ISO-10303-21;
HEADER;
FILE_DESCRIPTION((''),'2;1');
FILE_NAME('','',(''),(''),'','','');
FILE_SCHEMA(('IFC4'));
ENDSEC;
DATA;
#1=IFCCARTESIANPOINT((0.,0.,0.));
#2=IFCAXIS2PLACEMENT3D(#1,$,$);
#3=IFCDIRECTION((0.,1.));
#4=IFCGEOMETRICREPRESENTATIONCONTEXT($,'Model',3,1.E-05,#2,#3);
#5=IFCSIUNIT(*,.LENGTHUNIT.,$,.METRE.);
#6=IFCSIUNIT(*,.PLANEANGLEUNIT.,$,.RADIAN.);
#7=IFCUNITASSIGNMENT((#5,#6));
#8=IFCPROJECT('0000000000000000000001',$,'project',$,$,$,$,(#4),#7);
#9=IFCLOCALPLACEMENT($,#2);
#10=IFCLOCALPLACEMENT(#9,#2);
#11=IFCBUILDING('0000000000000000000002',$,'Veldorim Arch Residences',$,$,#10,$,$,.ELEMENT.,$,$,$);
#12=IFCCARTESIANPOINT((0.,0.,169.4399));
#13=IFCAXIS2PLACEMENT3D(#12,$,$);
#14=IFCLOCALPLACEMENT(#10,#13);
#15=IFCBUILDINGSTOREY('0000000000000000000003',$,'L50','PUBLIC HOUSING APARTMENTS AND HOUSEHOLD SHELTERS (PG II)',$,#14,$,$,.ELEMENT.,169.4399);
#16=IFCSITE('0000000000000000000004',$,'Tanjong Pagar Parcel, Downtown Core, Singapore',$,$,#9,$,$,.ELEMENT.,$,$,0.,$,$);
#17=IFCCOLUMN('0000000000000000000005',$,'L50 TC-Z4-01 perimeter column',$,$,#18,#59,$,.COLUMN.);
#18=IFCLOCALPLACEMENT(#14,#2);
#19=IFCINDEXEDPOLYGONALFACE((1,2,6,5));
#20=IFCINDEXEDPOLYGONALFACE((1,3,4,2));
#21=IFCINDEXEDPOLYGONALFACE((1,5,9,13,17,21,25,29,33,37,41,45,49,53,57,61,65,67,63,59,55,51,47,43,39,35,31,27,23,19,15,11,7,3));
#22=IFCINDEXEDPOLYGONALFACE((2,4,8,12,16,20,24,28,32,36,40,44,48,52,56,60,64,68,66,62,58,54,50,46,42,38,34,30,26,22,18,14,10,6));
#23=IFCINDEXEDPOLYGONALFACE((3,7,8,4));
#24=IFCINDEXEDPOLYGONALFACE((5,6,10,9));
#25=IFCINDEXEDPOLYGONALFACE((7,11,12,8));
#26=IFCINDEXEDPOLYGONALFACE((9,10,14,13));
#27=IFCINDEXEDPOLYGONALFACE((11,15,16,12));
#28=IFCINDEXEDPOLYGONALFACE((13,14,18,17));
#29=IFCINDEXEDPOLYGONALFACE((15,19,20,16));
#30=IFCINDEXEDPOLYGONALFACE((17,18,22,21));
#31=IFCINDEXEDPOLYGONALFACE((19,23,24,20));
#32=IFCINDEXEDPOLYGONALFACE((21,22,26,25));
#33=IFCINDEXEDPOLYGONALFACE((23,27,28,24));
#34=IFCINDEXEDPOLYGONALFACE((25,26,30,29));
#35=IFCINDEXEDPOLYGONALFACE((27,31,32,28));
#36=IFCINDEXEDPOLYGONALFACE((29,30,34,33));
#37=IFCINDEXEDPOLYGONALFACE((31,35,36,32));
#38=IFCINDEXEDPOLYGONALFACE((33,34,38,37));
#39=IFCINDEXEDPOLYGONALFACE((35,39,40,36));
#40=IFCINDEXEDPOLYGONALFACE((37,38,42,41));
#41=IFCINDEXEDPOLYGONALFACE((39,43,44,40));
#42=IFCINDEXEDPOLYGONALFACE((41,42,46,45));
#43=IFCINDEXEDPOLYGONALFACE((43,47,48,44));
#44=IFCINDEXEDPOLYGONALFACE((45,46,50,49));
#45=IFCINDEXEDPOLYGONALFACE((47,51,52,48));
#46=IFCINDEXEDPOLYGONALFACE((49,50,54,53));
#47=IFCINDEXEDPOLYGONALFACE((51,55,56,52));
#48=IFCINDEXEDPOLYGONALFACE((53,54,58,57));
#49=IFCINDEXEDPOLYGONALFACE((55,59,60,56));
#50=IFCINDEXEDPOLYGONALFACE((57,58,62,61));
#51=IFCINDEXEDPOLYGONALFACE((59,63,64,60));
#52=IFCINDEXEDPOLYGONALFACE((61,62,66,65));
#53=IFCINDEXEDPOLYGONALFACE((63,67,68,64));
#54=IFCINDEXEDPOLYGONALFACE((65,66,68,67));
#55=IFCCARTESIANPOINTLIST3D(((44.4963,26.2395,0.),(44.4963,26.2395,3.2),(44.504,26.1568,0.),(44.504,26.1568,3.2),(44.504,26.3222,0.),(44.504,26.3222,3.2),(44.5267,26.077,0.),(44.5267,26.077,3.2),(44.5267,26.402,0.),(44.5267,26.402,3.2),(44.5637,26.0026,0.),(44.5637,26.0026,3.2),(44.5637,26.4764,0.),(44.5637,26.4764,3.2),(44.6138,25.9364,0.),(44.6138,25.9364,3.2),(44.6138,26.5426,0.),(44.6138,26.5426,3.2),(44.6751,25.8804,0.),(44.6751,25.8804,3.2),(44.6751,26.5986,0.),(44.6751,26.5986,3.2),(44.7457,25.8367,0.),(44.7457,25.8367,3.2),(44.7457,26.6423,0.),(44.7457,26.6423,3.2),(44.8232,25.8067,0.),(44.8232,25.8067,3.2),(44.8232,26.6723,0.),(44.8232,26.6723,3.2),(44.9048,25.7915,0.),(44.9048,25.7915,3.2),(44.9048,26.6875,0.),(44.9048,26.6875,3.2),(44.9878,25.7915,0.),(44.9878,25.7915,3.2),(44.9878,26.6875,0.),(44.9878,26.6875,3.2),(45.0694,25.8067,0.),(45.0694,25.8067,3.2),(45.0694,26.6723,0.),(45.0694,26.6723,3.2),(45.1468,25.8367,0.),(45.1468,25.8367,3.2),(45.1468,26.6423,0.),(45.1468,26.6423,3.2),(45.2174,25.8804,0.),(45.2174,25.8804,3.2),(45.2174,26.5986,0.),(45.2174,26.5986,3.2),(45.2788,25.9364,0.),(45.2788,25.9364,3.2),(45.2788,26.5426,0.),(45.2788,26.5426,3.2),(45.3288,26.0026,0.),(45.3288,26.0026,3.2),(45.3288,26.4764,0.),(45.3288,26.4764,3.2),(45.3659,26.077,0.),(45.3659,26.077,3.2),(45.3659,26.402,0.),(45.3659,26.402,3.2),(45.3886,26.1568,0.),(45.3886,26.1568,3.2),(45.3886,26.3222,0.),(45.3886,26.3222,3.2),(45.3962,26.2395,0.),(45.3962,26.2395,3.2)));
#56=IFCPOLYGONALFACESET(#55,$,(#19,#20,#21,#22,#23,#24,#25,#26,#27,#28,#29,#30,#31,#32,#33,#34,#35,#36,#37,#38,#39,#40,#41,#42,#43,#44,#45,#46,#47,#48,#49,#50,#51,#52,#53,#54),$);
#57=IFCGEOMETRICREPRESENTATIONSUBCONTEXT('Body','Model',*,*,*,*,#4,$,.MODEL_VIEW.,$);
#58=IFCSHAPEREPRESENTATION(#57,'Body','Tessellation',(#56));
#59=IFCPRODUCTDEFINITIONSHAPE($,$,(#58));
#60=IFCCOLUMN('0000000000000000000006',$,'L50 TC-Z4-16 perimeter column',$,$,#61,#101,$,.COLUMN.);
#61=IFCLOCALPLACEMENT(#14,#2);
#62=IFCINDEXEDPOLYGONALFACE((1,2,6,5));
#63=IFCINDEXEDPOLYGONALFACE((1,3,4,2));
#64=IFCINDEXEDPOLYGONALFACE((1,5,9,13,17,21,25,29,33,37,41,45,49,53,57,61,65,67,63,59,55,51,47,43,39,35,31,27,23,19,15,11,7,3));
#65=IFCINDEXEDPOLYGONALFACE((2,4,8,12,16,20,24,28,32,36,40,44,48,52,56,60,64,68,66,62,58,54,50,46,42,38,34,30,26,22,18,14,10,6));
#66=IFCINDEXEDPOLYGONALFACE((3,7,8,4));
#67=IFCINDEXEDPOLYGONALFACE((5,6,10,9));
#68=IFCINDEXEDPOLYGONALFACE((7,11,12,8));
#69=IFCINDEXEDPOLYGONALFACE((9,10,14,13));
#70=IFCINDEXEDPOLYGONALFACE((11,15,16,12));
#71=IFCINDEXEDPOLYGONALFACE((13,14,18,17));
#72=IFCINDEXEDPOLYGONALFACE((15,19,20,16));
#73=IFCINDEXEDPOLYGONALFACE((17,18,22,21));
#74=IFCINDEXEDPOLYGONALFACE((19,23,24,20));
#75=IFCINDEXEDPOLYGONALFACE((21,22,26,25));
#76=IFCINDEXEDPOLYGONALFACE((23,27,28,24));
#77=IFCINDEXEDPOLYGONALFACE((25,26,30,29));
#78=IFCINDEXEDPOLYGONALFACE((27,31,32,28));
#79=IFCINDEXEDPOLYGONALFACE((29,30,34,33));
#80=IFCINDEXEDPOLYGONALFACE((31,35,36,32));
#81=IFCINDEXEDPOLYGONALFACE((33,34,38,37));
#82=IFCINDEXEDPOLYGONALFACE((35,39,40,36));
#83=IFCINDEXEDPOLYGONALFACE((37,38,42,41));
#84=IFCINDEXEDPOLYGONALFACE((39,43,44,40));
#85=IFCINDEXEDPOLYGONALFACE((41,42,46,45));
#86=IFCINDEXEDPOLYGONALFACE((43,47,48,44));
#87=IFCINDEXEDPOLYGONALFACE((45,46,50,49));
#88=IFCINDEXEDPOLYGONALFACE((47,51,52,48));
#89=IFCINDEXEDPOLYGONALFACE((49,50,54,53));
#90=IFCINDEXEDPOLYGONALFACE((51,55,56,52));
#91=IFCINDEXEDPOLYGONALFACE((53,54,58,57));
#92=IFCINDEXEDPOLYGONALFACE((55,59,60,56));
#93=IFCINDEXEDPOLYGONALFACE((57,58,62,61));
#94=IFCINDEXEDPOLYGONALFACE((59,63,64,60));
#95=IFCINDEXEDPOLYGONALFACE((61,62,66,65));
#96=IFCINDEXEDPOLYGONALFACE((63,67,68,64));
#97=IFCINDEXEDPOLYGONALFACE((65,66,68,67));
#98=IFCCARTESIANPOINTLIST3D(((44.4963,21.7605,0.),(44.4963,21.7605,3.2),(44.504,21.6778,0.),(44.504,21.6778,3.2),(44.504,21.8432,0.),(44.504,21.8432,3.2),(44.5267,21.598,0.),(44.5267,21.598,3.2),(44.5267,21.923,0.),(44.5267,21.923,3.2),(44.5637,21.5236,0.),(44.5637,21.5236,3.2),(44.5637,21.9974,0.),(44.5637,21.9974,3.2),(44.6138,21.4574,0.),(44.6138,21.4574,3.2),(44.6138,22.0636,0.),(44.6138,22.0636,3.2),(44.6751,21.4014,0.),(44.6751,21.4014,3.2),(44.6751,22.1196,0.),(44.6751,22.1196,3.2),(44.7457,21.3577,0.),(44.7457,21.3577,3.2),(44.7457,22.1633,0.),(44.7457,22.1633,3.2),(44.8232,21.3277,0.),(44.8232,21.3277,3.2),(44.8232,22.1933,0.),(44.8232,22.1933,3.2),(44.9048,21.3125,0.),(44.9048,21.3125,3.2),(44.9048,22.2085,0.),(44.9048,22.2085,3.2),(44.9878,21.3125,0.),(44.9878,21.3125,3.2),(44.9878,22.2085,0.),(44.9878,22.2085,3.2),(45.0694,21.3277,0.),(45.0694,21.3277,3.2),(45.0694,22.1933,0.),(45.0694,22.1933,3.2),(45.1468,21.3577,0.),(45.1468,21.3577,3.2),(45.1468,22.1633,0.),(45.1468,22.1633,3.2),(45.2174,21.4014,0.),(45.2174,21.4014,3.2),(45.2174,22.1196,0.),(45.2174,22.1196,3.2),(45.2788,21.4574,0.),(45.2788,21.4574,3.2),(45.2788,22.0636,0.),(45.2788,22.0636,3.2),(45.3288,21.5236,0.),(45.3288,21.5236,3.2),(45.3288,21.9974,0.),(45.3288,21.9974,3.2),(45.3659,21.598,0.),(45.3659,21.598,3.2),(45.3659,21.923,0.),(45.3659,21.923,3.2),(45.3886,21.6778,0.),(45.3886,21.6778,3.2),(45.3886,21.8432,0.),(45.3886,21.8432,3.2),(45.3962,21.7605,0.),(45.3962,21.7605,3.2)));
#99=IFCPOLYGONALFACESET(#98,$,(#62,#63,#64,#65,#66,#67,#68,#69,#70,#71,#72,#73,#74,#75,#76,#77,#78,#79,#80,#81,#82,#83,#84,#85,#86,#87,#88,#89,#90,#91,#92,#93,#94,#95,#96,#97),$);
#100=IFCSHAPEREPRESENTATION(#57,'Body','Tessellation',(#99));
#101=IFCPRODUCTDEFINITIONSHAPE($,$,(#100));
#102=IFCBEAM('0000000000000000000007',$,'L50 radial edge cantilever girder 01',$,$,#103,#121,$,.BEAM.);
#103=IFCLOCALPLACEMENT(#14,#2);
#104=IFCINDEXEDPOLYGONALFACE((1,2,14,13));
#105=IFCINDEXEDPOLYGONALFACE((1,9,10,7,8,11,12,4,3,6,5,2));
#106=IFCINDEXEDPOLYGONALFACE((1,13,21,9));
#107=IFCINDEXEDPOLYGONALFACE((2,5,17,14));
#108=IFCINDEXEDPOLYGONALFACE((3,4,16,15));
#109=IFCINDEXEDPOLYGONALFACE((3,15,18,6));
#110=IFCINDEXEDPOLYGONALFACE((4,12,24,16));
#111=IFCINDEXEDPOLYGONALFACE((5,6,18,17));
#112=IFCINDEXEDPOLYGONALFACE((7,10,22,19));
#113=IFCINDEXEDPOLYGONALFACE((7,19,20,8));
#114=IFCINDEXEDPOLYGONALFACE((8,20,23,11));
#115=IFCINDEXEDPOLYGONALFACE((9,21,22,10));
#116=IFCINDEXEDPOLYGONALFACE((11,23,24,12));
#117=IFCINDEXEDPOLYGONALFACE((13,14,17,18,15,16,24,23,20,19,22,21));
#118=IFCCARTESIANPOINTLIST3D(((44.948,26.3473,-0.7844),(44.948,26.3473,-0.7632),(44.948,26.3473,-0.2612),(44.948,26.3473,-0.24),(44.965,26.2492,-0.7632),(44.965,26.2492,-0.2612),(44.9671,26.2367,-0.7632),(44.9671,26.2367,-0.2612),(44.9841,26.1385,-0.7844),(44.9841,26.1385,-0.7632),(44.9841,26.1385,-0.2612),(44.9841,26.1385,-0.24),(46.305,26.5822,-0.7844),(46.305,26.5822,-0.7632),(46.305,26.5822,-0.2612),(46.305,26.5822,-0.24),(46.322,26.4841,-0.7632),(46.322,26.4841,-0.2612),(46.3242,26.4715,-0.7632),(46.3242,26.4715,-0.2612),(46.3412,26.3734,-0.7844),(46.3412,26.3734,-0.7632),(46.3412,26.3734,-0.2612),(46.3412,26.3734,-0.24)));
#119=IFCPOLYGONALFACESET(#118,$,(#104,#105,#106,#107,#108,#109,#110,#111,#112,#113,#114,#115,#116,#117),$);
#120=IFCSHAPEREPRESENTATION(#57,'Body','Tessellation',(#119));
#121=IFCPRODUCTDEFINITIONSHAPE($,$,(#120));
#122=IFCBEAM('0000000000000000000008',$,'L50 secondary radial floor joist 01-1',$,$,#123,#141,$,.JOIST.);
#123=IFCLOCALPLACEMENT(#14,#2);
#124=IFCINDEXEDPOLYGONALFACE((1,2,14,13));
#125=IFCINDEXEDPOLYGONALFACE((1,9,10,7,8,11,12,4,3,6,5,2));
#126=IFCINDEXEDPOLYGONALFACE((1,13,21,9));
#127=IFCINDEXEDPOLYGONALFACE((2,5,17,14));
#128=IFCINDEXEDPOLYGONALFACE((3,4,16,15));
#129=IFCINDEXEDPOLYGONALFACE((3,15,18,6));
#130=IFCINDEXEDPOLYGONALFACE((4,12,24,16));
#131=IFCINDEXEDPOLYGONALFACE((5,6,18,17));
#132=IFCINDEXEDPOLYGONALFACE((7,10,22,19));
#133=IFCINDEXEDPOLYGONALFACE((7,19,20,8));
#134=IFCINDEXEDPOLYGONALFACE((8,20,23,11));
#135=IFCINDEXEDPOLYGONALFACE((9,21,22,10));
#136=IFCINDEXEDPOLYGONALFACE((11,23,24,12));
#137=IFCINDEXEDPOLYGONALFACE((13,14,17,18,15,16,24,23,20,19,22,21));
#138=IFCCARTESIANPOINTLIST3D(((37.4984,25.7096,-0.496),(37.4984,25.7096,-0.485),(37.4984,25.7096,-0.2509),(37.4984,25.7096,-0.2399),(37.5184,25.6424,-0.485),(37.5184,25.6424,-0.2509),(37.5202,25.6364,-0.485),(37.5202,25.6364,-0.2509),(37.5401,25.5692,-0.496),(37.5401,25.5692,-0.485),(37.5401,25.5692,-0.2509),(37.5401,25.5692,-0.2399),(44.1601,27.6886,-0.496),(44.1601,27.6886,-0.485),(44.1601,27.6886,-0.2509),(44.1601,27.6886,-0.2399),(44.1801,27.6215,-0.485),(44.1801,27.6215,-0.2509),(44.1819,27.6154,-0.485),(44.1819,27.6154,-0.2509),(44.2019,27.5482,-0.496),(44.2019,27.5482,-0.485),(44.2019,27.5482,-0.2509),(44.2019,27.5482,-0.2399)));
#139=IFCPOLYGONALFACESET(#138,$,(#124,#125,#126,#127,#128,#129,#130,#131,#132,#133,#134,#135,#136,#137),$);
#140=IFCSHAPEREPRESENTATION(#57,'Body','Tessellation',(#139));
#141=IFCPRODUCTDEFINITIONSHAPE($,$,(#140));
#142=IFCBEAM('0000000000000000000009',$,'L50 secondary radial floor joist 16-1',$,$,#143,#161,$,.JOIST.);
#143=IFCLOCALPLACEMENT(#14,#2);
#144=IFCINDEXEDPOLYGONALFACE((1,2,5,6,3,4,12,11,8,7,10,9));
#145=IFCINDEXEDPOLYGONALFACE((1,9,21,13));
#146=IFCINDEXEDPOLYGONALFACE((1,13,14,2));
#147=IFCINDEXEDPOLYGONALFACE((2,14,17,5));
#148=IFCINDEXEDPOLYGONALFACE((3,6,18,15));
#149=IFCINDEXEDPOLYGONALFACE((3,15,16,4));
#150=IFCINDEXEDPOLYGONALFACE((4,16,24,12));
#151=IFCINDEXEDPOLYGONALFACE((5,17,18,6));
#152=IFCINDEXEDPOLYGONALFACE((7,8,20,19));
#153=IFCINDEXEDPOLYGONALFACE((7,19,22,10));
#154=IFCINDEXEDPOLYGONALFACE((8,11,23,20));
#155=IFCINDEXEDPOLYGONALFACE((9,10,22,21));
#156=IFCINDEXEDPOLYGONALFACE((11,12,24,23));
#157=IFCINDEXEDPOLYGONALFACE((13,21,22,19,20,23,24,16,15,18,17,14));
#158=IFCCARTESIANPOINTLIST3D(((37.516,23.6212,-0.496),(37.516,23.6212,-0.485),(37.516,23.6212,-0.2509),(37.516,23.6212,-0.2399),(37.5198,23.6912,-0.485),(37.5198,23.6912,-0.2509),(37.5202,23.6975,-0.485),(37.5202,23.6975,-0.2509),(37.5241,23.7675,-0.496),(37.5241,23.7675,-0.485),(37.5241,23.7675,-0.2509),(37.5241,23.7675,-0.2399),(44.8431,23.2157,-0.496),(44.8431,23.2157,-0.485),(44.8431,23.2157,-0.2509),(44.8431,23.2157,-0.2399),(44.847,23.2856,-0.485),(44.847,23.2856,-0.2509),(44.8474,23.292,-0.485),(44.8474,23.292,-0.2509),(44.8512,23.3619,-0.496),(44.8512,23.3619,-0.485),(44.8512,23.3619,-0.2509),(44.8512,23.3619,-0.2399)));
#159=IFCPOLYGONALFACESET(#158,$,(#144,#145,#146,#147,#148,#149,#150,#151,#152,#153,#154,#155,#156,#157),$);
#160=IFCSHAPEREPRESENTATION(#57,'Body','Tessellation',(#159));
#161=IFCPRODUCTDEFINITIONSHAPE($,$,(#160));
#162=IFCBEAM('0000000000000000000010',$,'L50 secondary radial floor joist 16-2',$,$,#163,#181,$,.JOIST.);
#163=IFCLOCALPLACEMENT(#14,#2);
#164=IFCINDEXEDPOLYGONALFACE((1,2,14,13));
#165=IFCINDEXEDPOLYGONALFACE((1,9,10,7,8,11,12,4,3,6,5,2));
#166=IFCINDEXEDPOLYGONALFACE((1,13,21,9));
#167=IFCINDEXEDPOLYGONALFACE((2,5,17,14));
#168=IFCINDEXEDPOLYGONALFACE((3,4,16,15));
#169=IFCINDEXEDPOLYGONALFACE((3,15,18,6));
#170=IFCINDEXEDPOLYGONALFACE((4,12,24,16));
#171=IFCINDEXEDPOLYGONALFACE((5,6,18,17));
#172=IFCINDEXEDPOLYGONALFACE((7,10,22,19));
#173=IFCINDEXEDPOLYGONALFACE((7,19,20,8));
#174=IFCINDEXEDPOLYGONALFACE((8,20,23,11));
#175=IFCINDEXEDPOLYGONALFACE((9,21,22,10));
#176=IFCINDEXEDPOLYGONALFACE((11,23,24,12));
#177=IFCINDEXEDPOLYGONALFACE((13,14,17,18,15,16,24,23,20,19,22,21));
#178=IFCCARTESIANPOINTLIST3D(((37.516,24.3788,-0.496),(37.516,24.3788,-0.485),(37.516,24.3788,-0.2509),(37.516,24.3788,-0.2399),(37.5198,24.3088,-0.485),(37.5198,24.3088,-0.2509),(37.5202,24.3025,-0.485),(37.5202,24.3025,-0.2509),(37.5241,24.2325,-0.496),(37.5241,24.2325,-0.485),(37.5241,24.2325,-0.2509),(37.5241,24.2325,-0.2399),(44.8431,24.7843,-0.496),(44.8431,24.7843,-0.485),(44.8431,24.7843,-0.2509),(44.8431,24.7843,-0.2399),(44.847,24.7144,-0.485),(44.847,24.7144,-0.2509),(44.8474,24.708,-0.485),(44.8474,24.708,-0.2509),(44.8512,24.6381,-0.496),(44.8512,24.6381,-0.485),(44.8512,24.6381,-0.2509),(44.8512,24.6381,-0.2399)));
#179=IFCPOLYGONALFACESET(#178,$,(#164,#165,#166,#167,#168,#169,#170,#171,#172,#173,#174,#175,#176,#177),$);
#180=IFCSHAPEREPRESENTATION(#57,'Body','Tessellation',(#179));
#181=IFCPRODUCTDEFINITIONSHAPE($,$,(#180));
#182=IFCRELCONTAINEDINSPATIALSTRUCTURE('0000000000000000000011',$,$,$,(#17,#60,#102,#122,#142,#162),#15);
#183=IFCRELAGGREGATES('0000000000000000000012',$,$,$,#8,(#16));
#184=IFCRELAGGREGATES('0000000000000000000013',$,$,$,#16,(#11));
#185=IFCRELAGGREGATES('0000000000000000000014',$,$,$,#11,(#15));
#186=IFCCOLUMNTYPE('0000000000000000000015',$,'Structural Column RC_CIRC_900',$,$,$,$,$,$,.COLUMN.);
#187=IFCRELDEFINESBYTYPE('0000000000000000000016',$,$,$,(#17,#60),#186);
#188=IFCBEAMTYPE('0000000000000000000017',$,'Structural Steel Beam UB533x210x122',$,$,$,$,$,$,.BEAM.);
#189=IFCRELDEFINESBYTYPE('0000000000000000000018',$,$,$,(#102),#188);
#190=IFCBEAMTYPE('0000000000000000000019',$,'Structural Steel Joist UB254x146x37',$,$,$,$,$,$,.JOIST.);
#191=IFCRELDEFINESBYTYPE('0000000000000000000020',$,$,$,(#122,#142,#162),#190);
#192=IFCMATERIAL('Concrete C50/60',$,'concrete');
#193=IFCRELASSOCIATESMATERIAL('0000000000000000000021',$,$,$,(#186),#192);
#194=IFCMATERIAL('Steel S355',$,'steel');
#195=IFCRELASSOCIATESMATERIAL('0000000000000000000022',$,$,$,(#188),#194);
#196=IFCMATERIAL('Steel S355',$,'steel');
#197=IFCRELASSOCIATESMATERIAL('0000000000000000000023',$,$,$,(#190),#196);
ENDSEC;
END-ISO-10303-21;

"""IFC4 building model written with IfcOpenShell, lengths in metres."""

from ifc_helpers import new_model, si_unit, direction, frame, origin, origin_2d, place, context, subcontext, project, spatial, circle, i_section, extrude, material, material_profile, profile_set, type_object, element, save


model = new_model("IFC4")

# Units and contexts
model_context = context("Model", 3, precision=1e-05, world=origin(), true_north=direction((0.0, 1.0)))
body_context = subcontext(model_context, "Body", "Model", "MODEL_VIEW")
ifc_project = project(units=[si_unit("LENGTHUNIT", "METRE"), si_unit("PLANEANGLEUNIT", "RADIAN")], contexts=[model_context])

# Site, building, storey
site_placement = place(None, origin())
site = spatial("IfcSite", under=ifc_project, at=site_placement, Name="Tanjong Pagar Parcel, Downtown Core, Singapore", CompositionType="ELEMENT", RefElevation=0.0)
building_placement = place(site_placement, origin())
building = spatial("IfcBuilding", under=site, at=building_placement, Name="Veldorim Arch Residences", CompositionType="ELEMENT")
storey_placement = place(building_placement, frame((0.0, 0.0, 169.4399)))
storey = spatial("IfcBuildingStorey", under=building, at=storey_placement, Name="L50", Description="PUBLIC HOUSING APARTMENTS AND HOUSEHOLD SHELTERS (PG II)", CompositionType="ELEMENT", Elevation=169.4399)

# Columns
ifc_material_1 = material(Name="Concrete C50/60", Category="concrete")
ifc_material_profile_1 = material_profile(ifc_material_1, circle(Radius=0.45, at=origin_2d()), Name="RC_CIRC_900")
ifc_profile_set_1 = profile_set([ifc_material_profile_1], Name="Concrete C50/60")
column_type = type_object("IfcColumnType", Name="Structural Column RC_CIRC_900", PredefinedType="COLUMN", material=ifc_profile_set_1)
for number, where, z_axis, x_axis, name in (
    (1, (44.9463, 26.2395, 0.0), (0.0, 0.0, 1.0), (1.0, 0.0, 0.0), "L50 TC-Z4-01 perimeter column"),
    (2, (44.9463, 21.7605, 0.0), (0.0, 0.0, 1.0), (1.0, 0.0, 0.0), "L50 TC-Z4-16 perimeter column"),
):
    element("IfcColumn", number, at=place(storey_placement, frame(where, z_axis=z_axis, x_axis=x_axis)), inside=storey, type_object=column_type, Name=name, PredefinedType="COLUMN", context=body_context, shape_type="SweptSolid", body=[
        extrude(circle(Radius=0.45, at=origin_2d()), origin(), (0.0, 0.0, 1.0), 3.2),
    ])

# Beams
ifc_material_2 = material(Name="Steel S355", Category="steel")
ifc_material_profile_2 = material_profile(ifc_material_2, i_section(OverallWidth=0.2119, OverallDepth=0.5444, WebThickness=0.0127, FlangeThickness=0.0212, at=origin_2d()), Name="UB533x210x122")
ifc_profile_set_2 = profile_set([ifc_material_profile_2], Name="Steel S355")
beam_type_1 = type_object("IfcBeamType", Name="Structural Steel Beam UB533x210x122", PredefinedType="BEAM", material=ifc_profile_set_2)
beam_1_placement = place(storey_placement, frame((44.9661, 26.2429, -0.5122), z_axis=(0.985349, 0.170548, 0.0), x_axis=(-0.170548, 0.985349, 0.0)))
element("IfcBeam", 3, at=beam_1_placement, inside=storey, type_object=beam_type_1, Name="L50 radial edge cantilever girder 01", PredefinedType="BEAM", context=body_context, shape_type="SweptSolid", body=[
    extrude(i_section(OverallWidth=0.2119, OverallDepth=0.5444, WebThickness=0.0127, FlangeThickness=0.0212, at=origin_2d()), origin(), (0.0, 0.0, 1.0), 1.3772),
])
ifc_material_3 = material(Name="Steel S355", Category="steel")
ifc_material_profile_3 = material_profile(ifc_material_3, i_section(OverallWidth=0.1465, OverallDepth=0.2561, WebThickness=0.0063, FlangeThickness=0.011, at=origin_2d()), Name="UB254x146x37")
ifc_profile_set_3 = profile_set([ifc_material_profile_3], Name="Steel S355")
beam_type_2 = type_object("IfcBeamType", Name="Structural Steel Joist UB254x146x37", PredefinedType="JOIST", material=ifc_profile_set_3)
beam_2_placement = place(storey_placement, frame((37.5193, 25.6394, -0.3679), z_axis=(0.958594, 0.284775, 0.0), x_axis=(-0.284775, 0.958594, 0.0)))
element("IfcBeam", 4, at=beam_2_placement, inside=storey, type_object=beam_type_2, Name="L50 secondary radial floor joist 01-1", PredefinedType="JOIST", context=body_context, shape_type="SweptSolid", body=[
    extrude(i_section(OverallWidth=0.1465, OverallDepth=0.2561, WebThickness=0.0063, FlangeThickness=0.011, at=origin_2d()), origin(), (0.0, 0.0, 1.0), 6.9495),
])
for number, where, z_axis, x_axis, name in (
    (5, (37.52, 23.6943, -0.3679), (0.998472, -0.05526, 0.0), (0.05526, 0.998472, 0.0), "L50 secondary radial floor joist 16-1"),
    (6, (37.52, 24.3057, -0.3679), (0.998472, 0.05526, 0.0), (-0.05526, 0.998472, 0.0), "L50 secondary radial floor joist 16-2"),
):
    element("IfcBeam", number, at=place(storey_placement, frame(where, z_axis=z_axis, x_axis=x_axis)), inside=storey, type_object=beam_type_2, Name=name, PredefinedType="JOIST", context=body_context, shape_type="SweptSolid", body=[
        extrude(i_section(OverallWidth=0.1465, OverallDepth=0.2561, WebThickness=0.0063, FlangeThickness=0.011, at=origin_2d()), origin(), (0.0, 0.0, 1.0), 7.3384),
    ])

save(model, "model.ifc")
